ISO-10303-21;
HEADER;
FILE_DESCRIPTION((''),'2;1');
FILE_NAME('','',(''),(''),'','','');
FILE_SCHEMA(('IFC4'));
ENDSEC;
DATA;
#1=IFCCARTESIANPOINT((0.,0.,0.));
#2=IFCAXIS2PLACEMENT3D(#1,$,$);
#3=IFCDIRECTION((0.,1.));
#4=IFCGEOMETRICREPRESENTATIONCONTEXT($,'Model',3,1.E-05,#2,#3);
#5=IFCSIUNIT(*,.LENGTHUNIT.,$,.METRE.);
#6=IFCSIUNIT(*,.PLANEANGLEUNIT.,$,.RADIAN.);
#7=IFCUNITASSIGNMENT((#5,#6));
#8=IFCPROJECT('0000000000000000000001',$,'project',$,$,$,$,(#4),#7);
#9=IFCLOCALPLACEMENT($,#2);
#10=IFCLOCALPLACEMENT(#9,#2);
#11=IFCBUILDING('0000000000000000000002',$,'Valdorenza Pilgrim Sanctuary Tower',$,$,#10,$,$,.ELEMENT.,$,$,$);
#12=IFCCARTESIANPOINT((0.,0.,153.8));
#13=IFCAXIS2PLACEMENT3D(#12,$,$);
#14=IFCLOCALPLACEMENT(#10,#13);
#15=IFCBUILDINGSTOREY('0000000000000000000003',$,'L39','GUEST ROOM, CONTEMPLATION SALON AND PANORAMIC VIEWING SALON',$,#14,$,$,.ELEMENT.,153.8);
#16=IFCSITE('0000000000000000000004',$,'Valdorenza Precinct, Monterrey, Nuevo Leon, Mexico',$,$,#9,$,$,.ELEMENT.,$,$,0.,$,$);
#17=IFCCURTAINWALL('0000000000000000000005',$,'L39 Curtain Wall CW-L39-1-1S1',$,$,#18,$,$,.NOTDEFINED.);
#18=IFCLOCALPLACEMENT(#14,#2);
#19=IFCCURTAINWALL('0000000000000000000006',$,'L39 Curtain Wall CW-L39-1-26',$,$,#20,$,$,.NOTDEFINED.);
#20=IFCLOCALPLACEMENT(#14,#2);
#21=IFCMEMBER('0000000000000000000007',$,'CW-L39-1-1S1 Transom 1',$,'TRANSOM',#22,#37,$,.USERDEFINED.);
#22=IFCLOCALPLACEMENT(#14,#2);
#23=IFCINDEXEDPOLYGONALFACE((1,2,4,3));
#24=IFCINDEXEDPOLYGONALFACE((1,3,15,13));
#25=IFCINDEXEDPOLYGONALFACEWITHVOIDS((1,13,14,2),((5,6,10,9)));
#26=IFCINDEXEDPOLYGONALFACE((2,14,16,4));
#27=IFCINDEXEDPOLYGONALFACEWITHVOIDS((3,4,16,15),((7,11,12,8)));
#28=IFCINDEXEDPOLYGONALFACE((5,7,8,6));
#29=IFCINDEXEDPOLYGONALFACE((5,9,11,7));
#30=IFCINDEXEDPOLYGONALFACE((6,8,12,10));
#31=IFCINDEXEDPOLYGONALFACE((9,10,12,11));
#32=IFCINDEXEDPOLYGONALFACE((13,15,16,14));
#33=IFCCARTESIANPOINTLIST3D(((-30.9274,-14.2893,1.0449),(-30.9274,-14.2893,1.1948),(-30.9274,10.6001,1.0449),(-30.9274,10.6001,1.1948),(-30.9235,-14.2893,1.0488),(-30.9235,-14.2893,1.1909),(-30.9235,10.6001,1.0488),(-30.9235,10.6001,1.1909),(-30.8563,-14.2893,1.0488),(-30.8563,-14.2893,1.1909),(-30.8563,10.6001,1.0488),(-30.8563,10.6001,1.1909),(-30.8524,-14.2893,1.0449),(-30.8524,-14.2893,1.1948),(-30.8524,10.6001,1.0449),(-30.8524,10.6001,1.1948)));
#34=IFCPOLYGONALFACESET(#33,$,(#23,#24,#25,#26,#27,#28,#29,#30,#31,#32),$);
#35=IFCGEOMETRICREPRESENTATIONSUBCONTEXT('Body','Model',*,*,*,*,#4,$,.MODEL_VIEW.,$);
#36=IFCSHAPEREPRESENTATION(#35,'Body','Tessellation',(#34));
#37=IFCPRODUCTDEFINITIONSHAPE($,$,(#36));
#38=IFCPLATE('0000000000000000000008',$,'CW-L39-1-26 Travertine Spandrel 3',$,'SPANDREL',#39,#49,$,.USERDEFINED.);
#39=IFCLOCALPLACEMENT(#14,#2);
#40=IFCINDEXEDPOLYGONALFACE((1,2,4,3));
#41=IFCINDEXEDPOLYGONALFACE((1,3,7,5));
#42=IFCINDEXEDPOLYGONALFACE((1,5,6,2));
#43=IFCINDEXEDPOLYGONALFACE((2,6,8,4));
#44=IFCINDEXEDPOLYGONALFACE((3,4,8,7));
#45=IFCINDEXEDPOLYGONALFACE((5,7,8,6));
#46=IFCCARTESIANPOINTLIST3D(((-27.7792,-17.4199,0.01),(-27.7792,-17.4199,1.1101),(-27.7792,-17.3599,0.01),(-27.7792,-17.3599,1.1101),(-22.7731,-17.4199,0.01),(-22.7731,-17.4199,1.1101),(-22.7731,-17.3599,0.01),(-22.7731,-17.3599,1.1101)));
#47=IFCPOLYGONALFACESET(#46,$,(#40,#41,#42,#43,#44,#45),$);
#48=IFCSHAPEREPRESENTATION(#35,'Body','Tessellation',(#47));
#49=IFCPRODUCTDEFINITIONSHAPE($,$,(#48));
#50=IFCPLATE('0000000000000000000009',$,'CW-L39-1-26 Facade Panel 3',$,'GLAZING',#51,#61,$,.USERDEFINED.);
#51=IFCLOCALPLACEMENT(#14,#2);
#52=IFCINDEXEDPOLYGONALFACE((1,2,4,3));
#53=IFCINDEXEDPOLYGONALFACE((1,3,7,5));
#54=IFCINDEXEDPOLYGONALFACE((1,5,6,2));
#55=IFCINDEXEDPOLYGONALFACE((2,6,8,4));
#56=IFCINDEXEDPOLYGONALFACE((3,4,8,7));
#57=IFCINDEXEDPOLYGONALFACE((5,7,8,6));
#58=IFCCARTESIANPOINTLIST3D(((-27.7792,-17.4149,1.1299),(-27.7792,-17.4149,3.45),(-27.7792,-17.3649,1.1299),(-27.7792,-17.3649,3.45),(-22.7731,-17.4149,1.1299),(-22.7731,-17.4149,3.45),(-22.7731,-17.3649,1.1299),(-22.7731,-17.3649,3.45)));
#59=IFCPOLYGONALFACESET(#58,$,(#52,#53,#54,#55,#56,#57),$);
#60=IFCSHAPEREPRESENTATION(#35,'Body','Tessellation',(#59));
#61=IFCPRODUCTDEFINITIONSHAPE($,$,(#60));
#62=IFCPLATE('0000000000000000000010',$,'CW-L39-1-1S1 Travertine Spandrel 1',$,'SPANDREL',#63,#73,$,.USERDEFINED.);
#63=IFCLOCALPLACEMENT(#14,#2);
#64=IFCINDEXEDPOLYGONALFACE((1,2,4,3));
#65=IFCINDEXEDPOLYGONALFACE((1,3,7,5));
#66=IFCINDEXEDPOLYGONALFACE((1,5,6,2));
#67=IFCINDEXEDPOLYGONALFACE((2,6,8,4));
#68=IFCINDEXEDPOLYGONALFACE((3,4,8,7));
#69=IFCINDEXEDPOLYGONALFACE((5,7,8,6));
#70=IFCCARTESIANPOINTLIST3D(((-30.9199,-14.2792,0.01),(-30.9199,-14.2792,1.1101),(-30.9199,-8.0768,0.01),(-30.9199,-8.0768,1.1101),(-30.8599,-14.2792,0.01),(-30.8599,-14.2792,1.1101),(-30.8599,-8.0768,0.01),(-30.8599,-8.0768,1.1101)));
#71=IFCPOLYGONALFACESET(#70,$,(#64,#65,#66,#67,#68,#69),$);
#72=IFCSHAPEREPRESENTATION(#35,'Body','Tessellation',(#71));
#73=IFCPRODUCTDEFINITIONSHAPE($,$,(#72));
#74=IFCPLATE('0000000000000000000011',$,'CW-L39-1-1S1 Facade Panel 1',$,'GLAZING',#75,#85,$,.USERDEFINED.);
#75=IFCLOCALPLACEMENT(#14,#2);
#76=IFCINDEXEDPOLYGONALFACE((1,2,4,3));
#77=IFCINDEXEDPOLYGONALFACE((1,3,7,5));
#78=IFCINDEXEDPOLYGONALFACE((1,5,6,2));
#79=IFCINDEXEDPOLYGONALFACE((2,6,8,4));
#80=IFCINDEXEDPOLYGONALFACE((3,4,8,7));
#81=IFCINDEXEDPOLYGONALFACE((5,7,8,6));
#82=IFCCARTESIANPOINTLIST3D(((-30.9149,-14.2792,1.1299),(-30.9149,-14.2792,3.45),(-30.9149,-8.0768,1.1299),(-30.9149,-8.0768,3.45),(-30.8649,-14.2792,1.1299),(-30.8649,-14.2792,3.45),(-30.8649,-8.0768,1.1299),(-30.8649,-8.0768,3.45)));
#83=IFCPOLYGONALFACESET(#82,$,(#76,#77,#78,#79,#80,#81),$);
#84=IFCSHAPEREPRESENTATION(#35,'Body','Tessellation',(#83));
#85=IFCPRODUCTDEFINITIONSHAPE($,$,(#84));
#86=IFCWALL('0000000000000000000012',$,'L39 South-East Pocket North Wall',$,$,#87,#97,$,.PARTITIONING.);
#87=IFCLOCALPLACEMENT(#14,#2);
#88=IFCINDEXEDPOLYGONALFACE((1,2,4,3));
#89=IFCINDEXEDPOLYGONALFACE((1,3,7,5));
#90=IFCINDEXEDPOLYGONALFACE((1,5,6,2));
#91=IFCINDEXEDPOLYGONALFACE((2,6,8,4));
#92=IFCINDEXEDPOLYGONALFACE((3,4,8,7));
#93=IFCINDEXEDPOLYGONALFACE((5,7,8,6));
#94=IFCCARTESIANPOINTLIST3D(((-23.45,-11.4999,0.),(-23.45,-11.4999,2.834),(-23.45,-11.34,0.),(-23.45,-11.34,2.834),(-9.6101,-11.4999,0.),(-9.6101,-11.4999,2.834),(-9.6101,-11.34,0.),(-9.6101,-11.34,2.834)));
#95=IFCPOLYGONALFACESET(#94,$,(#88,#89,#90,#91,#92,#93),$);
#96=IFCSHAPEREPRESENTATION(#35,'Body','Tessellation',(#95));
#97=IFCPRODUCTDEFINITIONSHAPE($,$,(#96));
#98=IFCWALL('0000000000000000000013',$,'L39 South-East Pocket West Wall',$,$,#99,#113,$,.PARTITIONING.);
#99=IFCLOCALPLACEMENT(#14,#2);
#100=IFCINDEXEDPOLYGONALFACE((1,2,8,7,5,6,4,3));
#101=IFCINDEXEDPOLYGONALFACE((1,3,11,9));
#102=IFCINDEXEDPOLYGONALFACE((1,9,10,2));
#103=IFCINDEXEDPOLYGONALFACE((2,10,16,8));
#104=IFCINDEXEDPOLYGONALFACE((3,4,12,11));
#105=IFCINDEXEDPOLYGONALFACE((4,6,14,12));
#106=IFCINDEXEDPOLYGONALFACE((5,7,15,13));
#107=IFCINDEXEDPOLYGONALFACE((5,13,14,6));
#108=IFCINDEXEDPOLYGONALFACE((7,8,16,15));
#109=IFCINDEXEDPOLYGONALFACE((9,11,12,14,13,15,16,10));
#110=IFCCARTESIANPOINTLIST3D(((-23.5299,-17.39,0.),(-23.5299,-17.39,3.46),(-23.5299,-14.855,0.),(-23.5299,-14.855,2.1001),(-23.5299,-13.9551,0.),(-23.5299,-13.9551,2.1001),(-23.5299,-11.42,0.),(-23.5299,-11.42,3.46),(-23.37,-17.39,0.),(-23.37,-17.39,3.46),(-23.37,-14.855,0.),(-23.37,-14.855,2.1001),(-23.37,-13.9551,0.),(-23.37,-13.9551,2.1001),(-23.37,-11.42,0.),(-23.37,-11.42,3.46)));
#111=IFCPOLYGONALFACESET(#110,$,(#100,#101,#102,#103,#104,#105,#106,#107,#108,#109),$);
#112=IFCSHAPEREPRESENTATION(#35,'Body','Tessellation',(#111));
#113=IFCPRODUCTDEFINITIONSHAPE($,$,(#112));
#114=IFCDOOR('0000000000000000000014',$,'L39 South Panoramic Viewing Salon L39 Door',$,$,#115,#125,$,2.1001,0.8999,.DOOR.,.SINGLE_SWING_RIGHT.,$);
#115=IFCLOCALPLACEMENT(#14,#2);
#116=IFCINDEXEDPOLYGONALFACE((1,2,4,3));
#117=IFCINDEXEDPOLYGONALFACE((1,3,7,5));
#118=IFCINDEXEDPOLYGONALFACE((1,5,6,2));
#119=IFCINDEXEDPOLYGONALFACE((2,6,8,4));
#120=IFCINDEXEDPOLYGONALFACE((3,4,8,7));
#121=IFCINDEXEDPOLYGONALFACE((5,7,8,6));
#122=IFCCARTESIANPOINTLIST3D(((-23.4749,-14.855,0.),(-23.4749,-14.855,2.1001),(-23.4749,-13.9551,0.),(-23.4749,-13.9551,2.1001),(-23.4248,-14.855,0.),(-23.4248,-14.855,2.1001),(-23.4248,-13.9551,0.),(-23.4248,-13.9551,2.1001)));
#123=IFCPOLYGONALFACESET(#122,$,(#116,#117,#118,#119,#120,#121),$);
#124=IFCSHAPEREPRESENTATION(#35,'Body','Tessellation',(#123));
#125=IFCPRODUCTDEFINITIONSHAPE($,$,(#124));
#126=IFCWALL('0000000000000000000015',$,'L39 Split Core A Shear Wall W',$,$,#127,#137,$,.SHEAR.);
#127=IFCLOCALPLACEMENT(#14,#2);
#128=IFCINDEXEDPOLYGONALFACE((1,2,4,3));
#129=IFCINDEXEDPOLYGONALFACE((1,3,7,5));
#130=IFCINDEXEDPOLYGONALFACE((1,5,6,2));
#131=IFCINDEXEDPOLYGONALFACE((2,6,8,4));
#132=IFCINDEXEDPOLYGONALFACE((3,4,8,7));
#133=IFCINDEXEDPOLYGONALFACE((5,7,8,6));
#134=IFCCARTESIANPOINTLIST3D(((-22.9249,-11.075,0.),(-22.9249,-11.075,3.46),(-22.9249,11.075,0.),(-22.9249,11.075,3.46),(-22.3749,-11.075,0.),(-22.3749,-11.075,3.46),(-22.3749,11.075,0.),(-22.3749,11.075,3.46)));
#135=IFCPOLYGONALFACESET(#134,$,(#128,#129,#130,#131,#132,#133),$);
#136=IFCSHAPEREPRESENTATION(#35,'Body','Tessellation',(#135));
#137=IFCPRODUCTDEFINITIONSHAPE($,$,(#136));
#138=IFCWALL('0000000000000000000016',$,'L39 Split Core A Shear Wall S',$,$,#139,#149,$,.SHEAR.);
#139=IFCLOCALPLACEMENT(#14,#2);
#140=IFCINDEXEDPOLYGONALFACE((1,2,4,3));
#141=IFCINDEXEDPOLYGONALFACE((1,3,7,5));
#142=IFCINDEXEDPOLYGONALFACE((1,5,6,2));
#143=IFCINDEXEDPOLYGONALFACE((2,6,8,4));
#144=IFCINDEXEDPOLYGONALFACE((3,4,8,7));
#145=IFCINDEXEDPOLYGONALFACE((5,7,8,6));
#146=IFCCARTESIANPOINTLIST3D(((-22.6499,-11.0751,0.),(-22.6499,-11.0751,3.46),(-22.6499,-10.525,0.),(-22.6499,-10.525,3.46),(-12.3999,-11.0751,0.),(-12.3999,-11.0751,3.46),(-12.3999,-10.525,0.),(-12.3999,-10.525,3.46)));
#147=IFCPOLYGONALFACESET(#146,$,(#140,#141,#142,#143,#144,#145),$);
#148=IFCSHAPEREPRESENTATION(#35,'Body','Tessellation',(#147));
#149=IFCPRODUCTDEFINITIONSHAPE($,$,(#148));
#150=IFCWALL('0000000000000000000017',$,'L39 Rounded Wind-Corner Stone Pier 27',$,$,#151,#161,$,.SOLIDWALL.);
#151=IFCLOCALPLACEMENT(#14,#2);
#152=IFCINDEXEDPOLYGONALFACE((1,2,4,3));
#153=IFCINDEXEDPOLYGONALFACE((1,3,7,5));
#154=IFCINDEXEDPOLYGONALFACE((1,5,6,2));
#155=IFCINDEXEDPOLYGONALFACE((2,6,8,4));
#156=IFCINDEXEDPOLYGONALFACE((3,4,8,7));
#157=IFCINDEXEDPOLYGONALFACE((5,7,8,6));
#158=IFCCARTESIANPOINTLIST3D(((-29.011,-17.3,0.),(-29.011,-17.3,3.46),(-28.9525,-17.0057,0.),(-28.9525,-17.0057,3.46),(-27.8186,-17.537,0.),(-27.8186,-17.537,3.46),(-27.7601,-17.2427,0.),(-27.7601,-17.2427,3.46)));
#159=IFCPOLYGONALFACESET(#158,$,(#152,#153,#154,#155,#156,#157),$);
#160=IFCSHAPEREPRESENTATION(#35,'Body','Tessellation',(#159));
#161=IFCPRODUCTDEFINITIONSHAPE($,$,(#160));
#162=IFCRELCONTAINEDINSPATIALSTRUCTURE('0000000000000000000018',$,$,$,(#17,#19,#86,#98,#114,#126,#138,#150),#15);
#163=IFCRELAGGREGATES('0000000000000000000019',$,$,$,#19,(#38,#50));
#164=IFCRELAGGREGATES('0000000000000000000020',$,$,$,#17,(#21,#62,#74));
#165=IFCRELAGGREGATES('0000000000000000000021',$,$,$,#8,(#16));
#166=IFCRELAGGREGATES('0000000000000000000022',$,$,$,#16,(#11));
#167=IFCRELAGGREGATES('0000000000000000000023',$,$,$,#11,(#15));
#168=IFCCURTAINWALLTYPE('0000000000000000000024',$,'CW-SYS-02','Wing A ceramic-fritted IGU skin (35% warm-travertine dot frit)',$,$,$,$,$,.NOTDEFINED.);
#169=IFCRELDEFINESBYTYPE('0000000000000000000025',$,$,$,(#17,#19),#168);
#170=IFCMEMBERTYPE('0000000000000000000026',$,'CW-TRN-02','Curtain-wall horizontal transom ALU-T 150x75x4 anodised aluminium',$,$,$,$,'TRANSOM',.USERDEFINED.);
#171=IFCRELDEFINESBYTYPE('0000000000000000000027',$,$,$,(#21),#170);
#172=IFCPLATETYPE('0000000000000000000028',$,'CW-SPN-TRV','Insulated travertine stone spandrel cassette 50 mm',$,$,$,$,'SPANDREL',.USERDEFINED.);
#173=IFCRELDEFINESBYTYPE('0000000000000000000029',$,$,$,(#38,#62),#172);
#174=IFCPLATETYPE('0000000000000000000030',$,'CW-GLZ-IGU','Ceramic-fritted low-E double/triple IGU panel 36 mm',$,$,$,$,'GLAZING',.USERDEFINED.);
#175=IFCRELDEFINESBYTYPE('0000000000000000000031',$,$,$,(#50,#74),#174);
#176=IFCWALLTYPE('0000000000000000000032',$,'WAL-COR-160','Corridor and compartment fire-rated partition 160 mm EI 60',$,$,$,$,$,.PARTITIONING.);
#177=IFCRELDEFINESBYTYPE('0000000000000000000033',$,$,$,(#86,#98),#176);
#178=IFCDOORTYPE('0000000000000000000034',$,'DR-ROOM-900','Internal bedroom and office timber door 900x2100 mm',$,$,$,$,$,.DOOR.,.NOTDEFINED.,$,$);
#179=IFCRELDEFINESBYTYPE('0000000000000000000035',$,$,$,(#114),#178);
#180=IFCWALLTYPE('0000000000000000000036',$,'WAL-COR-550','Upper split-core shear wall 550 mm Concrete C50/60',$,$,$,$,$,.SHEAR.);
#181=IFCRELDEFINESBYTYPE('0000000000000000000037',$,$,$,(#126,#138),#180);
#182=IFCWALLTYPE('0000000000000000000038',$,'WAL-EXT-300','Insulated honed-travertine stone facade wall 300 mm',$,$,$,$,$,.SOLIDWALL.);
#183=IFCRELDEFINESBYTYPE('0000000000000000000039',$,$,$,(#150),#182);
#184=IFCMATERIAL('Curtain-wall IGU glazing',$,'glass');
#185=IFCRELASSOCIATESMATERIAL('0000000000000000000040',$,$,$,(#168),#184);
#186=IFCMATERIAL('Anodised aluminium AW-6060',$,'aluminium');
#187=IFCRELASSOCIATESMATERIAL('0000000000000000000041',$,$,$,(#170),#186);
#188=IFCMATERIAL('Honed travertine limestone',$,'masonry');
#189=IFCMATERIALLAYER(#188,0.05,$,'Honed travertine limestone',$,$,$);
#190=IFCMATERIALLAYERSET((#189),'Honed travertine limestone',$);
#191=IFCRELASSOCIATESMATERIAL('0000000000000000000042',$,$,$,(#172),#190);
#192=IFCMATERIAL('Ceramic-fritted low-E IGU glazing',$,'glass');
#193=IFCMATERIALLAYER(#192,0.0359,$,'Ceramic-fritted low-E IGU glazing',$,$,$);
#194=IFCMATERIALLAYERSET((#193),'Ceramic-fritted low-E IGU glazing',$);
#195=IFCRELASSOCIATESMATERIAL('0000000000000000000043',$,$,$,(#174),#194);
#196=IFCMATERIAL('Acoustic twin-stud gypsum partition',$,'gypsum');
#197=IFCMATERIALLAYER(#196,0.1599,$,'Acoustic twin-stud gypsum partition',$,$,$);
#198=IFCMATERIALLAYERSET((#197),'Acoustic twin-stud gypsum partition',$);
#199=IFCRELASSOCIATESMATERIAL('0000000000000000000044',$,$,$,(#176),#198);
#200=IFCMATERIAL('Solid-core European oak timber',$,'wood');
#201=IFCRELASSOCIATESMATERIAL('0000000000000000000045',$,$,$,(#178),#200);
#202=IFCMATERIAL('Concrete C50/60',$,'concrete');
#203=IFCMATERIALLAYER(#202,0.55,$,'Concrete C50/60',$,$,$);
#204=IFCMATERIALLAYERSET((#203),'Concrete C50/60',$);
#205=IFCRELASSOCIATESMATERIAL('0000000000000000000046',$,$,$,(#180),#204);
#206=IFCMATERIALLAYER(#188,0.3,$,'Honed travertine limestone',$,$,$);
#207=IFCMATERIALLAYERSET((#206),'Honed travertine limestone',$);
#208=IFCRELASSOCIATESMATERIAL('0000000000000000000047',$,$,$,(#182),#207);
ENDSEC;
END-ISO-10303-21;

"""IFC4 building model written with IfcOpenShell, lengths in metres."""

from ifc_helpers import new_model, si_unit, direction, frame, frame_2d, origin, origin_2d, place, context, subcontext, project, spatial, rectangle, hollow_rectangle, extrude, source, transform, mapped, material, layer, layer_set, material_profile, profile_set, type_object, element, fill, aggregate, save


model = new_model("IFC4")

# Units and contexts
model_context = context("Model", 3, precision=1e-05, world=origin(), true_north=direction((0.0, 1.0)))
body_context = subcontext(model_context, "Body", "Model", "MODEL_VIEW")
ifc_project = project(units=[si_unit("LENGTHUNIT", "METRE"), si_unit("PLANEANGLEUNIT", "RADIAN")], contexts=[model_context])

# Site, building, storey
site_placement = place(None, origin())
site = spatial("IfcSite", under=ifc_project, at=site_placement, Name="Valdorenza Precinct, Monterrey, Nuevo Leon, Mexico", CompositionType="ELEMENT", RefElevation=0.0)
building_placement = place(site_placement, origin())
building = spatial("IfcBuilding", under=site, at=building_placement, Name="Valdorenza Pilgrim Sanctuary Tower", CompositionType="ELEMENT")
storey_placement = place(building_placement, frame((0.0, 0.0, 153.8)))
storey = spatial("IfcBuildingStorey", under=building, at=storey_placement, Name="L39", Description="GUEST ROOM, CONTEMPLATION SALON AND PANORAMIC VIEWING SALON", CompositionType="ELEMENT", Elevation=153.8)

# Shared definitions
ifc_material_1 = material(Name="Concrete C50/60", Category="concrete")

# Curtain wall
ifc_material_2 = material(Name="Curtain-wall IGU glazing", Category="glass")
curtain_wall_type = type_object("IfcCurtainWallType", Name="CW-SYS-02", Description="Wing A ceramic-fritted IGU skin (35% warm-travertine dot frit)", PredefinedType="NOTDEFINED", material=ifc_material_2)
curtain_wall_1_placement = place(storey_placement, origin())
curtain_wall_1 = element("IfcCurtainWall", 1, at=curtain_wall_1_placement, inside=storey, type_object=curtain_wall_type, Name="L39 Curtain Wall CW-L39-1-1S1", PredefinedType="NOTDEFINED")
ifc_material_3 = material(Name="Anodised aluminium AW-6060", Category="aluminium")

# Curtain wall
curtain_wall_2_placement = place(storey_placement, origin())
curtain_wall_2 = element("IfcCurtainWall", 2, at=curtain_wall_2_placement, inside=storey, type_object=curtain_wall_type, Name="L39 Curtain Wall CW-L39-1-26", PredefinedType="NOTDEFINED")

# Member
ifc_material_profile_1 = material_profile(ifc_material_3, hollow_rectangle(XDim=0.075, YDim=0.1499, WallThickness=0.0039, at=origin_2d()), Name="ALU-T 150x75x4")
ifc_profile_set_1 = profile_set([ifc_material_profile_1], Name="Anodised aluminium AW-6060")
member_type_1 = type_object("IfcMemberType", Name="CW-TRN-02", Description="Curtain-wall horizontal transom ALU-T 150x75x4 anodised aluminium", ElementType="TRANSOM", PredefinedType="USERDEFINED", material=ifc_profile_set_1)
shared_shape_1 = source(origin(), body_context, "Body", "SweptSolid", [
    extrude(hollow_rectangle(XDim=0.075, YDim=0.1499, WallThickness=0.0039, at=origin_2d()), origin(), (0.0, 0.0, 1.0), 24.8894),
])
member_1_placement = place(storey_placement, frame((-30.8899, -14.2893, 1.1199), z_axis=(0.0, 1.0, 0.0), x_axis=(-1.0, 0.0, 0.0)))
member_1 = element("IfcMember", 3, at=member_1_placement, type_object=member_type_1, Name="CW-L39-1-1S1 Transom 1", ObjectType="TRANSOM", PredefinedType="USERDEFINED", context=body_context, shape_type="MappedRepresentation", body=[
    mapped(shared_shape_1, transform((0.0, 0.0, 0.0), x_axis=(1.0, 0.0, 0.0), y_axis=(0.0, 1.0, 0.0), z_axis=(0.0, 0.0, 1.0), scale=1.0)),
])

# Plates
ifc_material_4 = material(Name="Honed travertine limestone", Category="masonry")
ifc_layer_1 = layer(ifc_material_4, 0.05, Name="Honed travertine limestone")
ifc_layer_set_1 = layer_set([ifc_layer_1], Name="Honed travertine limestone")
plate_type_1 = type_object("IfcPlateType", Name="CW-SPN-TRV", Description="Insulated travertine stone spandrel cassette 50 mm", ElementType="SPANDREL", PredefinedType="USERDEFINED", material=ifc_layer_set_1)
shared_shape_2 = source(origin(), body_context, "Body", "SweptSolid", [
    extrude(rectangle(XDim=5.0061, YDim=0.0601, at=origin_2d()), origin(), (0.0, 0.0, 1.0), 1.1001),
])
plate_1_placement = place(storey_placement, frame((-25.2761, -17.3899, 0.01), z_axis=(0.0, 0.0, 1.0), x_axis=(-1.0, 0.0, 0.0)))
plate_1 = element("IfcPlate", 4, at=plate_1_placement, type_object=plate_type_1, Name="CW-L39-1-26 Travertine Spandrel 3", ObjectType="SPANDREL", PredefinedType="USERDEFINED", context=body_context, shape_type="MappedRepresentation", body=[
    mapped(shared_shape_2, transform((0.0, 0.0, 0.0), x_axis=(1.0, 0.0, 0.0), y_axis=(0.0, 1.0, 0.0), z_axis=(0.0, 0.0, 1.0), scale=1.0)),
])
ifc_material_5 = material(Name="Ceramic-fritted low-E IGU glazing", Category="glass")
ifc_layer_2 = layer(ifc_material_5, 0.0359, Name="Ceramic-fritted low-E IGU glazing")
ifc_layer_set_2 = layer_set([ifc_layer_2], Name="Ceramic-fritted low-E IGU glazing")
plate_type_2 = type_object("IfcPlateType", Name="CW-GLZ-IGU", Description="Ceramic-fritted low-E double/triple IGU panel 36 mm", ElementType="GLAZING", PredefinedType="USERDEFINED", material=ifc_layer_set_2)
shared_shape_3 = source(origin(), body_context, "Body", "SweptSolid", [
    extrude(rectangle(XDim=5.0061, YDim=0.05, at=origin_2d()), origin(), (0.0, 0.0, 1.0), 2.3201),
])
plate_2_placement = place(storey_placement, frame((-25.2761, -17.3899, 1.1299), z_axis=(0.0, 0.0, 1.0), x_axis=(-1.0, 0.0, 0.0)))
plate_2 = element("IfcPlate", 5, at=plate_2_placement, type_object=plate_type_2, Name="CW-L39-1-26 Facade Panel 3", ObjectType="GLAZING", PredefinedType="USERDEFINED", context=body_context, shape_type="MappedRepresentation", body=[
    mapped(shared_shape_3, transform((0.0, 0.0, 0.0), x_axis=(1.0, 0.0, 0.0), y_axis=(0.0, 1.0, 0.0), z_axis=(0.0, 0.0, 1.0), scale=1.0)),
])
aggregate(curtain_wall_2, [plate_1, plate_2])
shared_shape_4 = source(origin(), body_context, "Body", "SweptSolid", [
    extrude(rectangle(XDim=6.2024, YDim=0.0601, at=origin_2d()), origin(), (0.0, 0.0, 1.0), 1.1001),
])
plate_3_placement = place(storey_placement, frame((-30.8899, -11.178, 0.01), z_axis=(0.0, 0.0, 1.0), x_axis=(0.0, 1.0, 0.0)))
plate_3 = element("IfcPlate", 6, at=plate_3_placement, type_object=plate_type_1, Name="CW-L39-1-1S1 Travertine Spandrel 1", ObjectType="SPANDREL", PredefinedType="USERDEFINED", context=body_context, shape_type="MappedRepresentation", body=[
    mapped(shared_shape_4, transform((0.0, 0.0, 0.0), x_axis=(1.0, 0.0, 0.0), y_axis=(0.0, 1.0, 0.0), z_axis=(0.0, 0.0, 1.0), scale=1.0)),
])
shared_shape_5 = source(origin(), body_context, "Body", "SweptSolid", [
    extrude(rectangle(XDim=6.2024, YDim=0.05, at=origin_2d()), origin(), (0.0, 0.0, 1.0), 2.3201),
])
plate_4_placement = place(storey_placement, frame((-30.8899, -11.178, 1.1299), z_axis=(0.0, 0.0, 1.0), x_axis=(0.0, 1.0, 0.0)))
plate_4 = element("IfcPlate", 7, at=plate_4_placement, type_object=plate_type_2, Name="CW-L39-1-1S1 Facade Panel 1", ObjectType="GLAZING", PredefinedType="USERDEFINED", context=body_context, shape_type="MappedRepresentation", body=[
    mapped(shared_shape_5, transform((0.0, 0.0, 0.0), x_axis=(1.0, 0.0, 0.0), y_axis=(0.0, 1.0, 0.0), z_axis=(0.0, 0.0, 1.0), scale=1.0)),
])
aggregate(curtain_wall_1, [member_1, plate_3, plate_4])

# Wall
ifc_material_6 = material(Name="Acoustic twin-stud gypsum partition", Category="gypsum")
ifc_layer_3 = layer(ifc_material_6, 0.1599, Name="Acoustic twin-stud gypsum partition")
ifc_layer_set_3 = layer_set([ifc_layer_3], Name="Acoustic twin-stud gypsum partition")
wall_type_1 = type_object("IfcWallType", Name="WAL-COR-160", Description="Corridor and compartment fire-rated partition 160 mm EI 60", PredefinedType="PARTITIONING", material=ifc_layer_set_3)
wall_1_placement = place(storey_placement, frame((-23.45, -11.4199, 0.0), z_axis=(0.0, 0.0, 1.0), x_axis=(1.0, 0.0, 0.0)))
element("IfcWall", 8, at=wall_1_placement, inside=storey, type_object=wall_type_1, Name="L39 South-East Pocket North Wall", PredefinedType="PARTITIONING", context=body_context, shape_type="SweptSolid", body=[
    extrude(rectangle(XDim=13.8398, YDim=0.1599, at=frame_2d((6.9199, 0.0))), origin(), (0.0, 0.0, 1.0), 2.834),
])

# Wall, opening, door
wall_2_placement = place(storey_placement, frame((-23.45, -17.3899, 0.0), z_axis=(0.0, 0.0, 1.0), x_axis=(0.0, 1.0, 0.0)))
wall_2 = element("IfcWall", 9, at=wall_2_placement, inside=storey, type_object=wall_type_1, Name="L39 South-East Pocket West Wall", PredefinedType="PARTITIONING", context=body_context, shape_type="SweptSolid", body=[
    extrude(rectangle(XDim=5.97, YDim=0.1599, at=frame_2d((2.9849, 0.0))), origin(), (0.0, 0.0, 1.0), 3.46),
])
opening_placement = place(wall_2_placement, frame((2.5349, 0.0, 0.0)))
opening = element("IfcOpeningElement", 10, at=opening_placement, cuts=wall_2, PredefinedType="OPENING", context=body_context, shape_type="SweptSolid", body=[
    extrude(rectangle(XDim=0.8999, YDim=2.1001, at=frame_2d((0.45, 1.05))), frame((0.0, 0.0947, 0.0), z_axis=(0.0, -1.0, 0.0), x_axis=(1.0, 0.0, 0.0)), (0.0, 0.0, 1.0), 0.1897),
])
ifc_material_7 = material(Name="Solid-core European oak timber", Category="wood")
door_type = type_object("IfcDoorType", Name="DR-ROOM-900", Description="Internal bedroom and office timber door 900x2100 mm", OperationType="NOTDEFINED", PredefinedType="DOOR", material=ifc_material_7)
door_placement = place(opening_placement, origin())
door = element("IfcDoor", 11, at=door_placement, inside=storey, type_object=door_type, Name="L39 South Panoramic Viewing Salon L39 Door", OperationType="SINGLE_SWING_RIGHT", OverallHeight=2.1001, OverallWidth=0.8999, PredefinedType="DOOR", context=body_context, shape_type="SweptSolid", body=[
    extrude(rectangle(XDim=0.8999, YDim=2.1001, at=frame_2d((0.45, 1.05))), frame((0.0, 0.0249, 0.0), z_axis=(0.0, -1.0, 0.0), x_axis=(1.0, 0.0, 0.0)), (0.0, 0.0, 1.0), 0.05),
])
fill(opening, door)

# Walls
ifc_layer_4 = layer(ifc_material_1, 0.55, Name="Concrete C50/60")
ifc_layer_set_4 = layer_set([ifc_layer_4], Name="Concrete C50/60")
wall_type_2 = type_object("IfcWallType", Name="WAL-COR-550", Description="Upper split-core shear wall 550 mm Concrete C50/60", PredefinedType="SHEAR", material=ifc_layer_set_4)
wall_3_placement = place(storey_placement, frame((-22.6499, -11.075, 0.0), z_axis=(0.0, 0.0, 1.0), x_axis=(0.0, 1.0, 0.0)))
element("IfcWall", 12, at=wall_3_placement, inside=storey, type_object=wall_type_2, Name="L39 Split Core A Shear Wall W", PredefinedType="SHEAR", context=body_context, shape_type="SweptSolid", body=[
    extrude(rectangle(XDim=22.1499, YDim=0.55, at=frame_2d((11.075, 0.0))), origin(), (0.0, 0.0, 1.0), 3.46),
])
wall_4_placement = place(storey_placement, frame((-22.6499, -10.8, 0.0), z_axis=(0.0, 0.0, 1.0), x_axis=(1.0, 0.0, 0.0)))
element("IfcWall", 13, at=wall_4_placement, inside=storey, type_object=wall_type_2, Name="L39 Split Core A Shear Wall S", PredefinedType="SHEAR", context=body_context, shape_type="SweptSolid", body=[
    extrude(rectangle(XDim=10.25, YDim=0.55, at=frame_2d((5.125, 0.0))), origin(), (0.0, 0.0, 1.0), 3.46),
])
ifc_layer_5 = layer(ifc_material_4, 0.3, Name="Honed travertine limestone")
ifc_layer_set_5 = layer_set([ifc_layer_5], Name="Honed travertine limestone")
wall_type_3 = type_object("IfcWallType", Name="WAL-EXT-300", Description="Insulated honed-travertine stone facade wall 300 mm", PredefinedType="SOLIDWALL", material=ifc_layer_set_5)
wall_5_placement = place(storey_placement, frame((-27.7893, -17.3899, 0.0), z_axis=(0.0, 0.0, 1.0), x_axis=(-0.980804, 0.194996, 0.0)))
element("IfcWall", 14, at=wall_5_placement, inside=storey, type_object=wall_type_3, Name="L39 Rounded Wind-Corner Stone Pier 27", PredefinedType="SOLIDWALL", context=body_context, shape_type="SweptSolid", body=[
    extrude(rectangle(XDim=1.2158, YDim=0.3, at=frame_2d((0.6079, 0.0))), origin(), (0.0, 0.0, 1.0), 3.46),
])

save(model, "model.ifc")
